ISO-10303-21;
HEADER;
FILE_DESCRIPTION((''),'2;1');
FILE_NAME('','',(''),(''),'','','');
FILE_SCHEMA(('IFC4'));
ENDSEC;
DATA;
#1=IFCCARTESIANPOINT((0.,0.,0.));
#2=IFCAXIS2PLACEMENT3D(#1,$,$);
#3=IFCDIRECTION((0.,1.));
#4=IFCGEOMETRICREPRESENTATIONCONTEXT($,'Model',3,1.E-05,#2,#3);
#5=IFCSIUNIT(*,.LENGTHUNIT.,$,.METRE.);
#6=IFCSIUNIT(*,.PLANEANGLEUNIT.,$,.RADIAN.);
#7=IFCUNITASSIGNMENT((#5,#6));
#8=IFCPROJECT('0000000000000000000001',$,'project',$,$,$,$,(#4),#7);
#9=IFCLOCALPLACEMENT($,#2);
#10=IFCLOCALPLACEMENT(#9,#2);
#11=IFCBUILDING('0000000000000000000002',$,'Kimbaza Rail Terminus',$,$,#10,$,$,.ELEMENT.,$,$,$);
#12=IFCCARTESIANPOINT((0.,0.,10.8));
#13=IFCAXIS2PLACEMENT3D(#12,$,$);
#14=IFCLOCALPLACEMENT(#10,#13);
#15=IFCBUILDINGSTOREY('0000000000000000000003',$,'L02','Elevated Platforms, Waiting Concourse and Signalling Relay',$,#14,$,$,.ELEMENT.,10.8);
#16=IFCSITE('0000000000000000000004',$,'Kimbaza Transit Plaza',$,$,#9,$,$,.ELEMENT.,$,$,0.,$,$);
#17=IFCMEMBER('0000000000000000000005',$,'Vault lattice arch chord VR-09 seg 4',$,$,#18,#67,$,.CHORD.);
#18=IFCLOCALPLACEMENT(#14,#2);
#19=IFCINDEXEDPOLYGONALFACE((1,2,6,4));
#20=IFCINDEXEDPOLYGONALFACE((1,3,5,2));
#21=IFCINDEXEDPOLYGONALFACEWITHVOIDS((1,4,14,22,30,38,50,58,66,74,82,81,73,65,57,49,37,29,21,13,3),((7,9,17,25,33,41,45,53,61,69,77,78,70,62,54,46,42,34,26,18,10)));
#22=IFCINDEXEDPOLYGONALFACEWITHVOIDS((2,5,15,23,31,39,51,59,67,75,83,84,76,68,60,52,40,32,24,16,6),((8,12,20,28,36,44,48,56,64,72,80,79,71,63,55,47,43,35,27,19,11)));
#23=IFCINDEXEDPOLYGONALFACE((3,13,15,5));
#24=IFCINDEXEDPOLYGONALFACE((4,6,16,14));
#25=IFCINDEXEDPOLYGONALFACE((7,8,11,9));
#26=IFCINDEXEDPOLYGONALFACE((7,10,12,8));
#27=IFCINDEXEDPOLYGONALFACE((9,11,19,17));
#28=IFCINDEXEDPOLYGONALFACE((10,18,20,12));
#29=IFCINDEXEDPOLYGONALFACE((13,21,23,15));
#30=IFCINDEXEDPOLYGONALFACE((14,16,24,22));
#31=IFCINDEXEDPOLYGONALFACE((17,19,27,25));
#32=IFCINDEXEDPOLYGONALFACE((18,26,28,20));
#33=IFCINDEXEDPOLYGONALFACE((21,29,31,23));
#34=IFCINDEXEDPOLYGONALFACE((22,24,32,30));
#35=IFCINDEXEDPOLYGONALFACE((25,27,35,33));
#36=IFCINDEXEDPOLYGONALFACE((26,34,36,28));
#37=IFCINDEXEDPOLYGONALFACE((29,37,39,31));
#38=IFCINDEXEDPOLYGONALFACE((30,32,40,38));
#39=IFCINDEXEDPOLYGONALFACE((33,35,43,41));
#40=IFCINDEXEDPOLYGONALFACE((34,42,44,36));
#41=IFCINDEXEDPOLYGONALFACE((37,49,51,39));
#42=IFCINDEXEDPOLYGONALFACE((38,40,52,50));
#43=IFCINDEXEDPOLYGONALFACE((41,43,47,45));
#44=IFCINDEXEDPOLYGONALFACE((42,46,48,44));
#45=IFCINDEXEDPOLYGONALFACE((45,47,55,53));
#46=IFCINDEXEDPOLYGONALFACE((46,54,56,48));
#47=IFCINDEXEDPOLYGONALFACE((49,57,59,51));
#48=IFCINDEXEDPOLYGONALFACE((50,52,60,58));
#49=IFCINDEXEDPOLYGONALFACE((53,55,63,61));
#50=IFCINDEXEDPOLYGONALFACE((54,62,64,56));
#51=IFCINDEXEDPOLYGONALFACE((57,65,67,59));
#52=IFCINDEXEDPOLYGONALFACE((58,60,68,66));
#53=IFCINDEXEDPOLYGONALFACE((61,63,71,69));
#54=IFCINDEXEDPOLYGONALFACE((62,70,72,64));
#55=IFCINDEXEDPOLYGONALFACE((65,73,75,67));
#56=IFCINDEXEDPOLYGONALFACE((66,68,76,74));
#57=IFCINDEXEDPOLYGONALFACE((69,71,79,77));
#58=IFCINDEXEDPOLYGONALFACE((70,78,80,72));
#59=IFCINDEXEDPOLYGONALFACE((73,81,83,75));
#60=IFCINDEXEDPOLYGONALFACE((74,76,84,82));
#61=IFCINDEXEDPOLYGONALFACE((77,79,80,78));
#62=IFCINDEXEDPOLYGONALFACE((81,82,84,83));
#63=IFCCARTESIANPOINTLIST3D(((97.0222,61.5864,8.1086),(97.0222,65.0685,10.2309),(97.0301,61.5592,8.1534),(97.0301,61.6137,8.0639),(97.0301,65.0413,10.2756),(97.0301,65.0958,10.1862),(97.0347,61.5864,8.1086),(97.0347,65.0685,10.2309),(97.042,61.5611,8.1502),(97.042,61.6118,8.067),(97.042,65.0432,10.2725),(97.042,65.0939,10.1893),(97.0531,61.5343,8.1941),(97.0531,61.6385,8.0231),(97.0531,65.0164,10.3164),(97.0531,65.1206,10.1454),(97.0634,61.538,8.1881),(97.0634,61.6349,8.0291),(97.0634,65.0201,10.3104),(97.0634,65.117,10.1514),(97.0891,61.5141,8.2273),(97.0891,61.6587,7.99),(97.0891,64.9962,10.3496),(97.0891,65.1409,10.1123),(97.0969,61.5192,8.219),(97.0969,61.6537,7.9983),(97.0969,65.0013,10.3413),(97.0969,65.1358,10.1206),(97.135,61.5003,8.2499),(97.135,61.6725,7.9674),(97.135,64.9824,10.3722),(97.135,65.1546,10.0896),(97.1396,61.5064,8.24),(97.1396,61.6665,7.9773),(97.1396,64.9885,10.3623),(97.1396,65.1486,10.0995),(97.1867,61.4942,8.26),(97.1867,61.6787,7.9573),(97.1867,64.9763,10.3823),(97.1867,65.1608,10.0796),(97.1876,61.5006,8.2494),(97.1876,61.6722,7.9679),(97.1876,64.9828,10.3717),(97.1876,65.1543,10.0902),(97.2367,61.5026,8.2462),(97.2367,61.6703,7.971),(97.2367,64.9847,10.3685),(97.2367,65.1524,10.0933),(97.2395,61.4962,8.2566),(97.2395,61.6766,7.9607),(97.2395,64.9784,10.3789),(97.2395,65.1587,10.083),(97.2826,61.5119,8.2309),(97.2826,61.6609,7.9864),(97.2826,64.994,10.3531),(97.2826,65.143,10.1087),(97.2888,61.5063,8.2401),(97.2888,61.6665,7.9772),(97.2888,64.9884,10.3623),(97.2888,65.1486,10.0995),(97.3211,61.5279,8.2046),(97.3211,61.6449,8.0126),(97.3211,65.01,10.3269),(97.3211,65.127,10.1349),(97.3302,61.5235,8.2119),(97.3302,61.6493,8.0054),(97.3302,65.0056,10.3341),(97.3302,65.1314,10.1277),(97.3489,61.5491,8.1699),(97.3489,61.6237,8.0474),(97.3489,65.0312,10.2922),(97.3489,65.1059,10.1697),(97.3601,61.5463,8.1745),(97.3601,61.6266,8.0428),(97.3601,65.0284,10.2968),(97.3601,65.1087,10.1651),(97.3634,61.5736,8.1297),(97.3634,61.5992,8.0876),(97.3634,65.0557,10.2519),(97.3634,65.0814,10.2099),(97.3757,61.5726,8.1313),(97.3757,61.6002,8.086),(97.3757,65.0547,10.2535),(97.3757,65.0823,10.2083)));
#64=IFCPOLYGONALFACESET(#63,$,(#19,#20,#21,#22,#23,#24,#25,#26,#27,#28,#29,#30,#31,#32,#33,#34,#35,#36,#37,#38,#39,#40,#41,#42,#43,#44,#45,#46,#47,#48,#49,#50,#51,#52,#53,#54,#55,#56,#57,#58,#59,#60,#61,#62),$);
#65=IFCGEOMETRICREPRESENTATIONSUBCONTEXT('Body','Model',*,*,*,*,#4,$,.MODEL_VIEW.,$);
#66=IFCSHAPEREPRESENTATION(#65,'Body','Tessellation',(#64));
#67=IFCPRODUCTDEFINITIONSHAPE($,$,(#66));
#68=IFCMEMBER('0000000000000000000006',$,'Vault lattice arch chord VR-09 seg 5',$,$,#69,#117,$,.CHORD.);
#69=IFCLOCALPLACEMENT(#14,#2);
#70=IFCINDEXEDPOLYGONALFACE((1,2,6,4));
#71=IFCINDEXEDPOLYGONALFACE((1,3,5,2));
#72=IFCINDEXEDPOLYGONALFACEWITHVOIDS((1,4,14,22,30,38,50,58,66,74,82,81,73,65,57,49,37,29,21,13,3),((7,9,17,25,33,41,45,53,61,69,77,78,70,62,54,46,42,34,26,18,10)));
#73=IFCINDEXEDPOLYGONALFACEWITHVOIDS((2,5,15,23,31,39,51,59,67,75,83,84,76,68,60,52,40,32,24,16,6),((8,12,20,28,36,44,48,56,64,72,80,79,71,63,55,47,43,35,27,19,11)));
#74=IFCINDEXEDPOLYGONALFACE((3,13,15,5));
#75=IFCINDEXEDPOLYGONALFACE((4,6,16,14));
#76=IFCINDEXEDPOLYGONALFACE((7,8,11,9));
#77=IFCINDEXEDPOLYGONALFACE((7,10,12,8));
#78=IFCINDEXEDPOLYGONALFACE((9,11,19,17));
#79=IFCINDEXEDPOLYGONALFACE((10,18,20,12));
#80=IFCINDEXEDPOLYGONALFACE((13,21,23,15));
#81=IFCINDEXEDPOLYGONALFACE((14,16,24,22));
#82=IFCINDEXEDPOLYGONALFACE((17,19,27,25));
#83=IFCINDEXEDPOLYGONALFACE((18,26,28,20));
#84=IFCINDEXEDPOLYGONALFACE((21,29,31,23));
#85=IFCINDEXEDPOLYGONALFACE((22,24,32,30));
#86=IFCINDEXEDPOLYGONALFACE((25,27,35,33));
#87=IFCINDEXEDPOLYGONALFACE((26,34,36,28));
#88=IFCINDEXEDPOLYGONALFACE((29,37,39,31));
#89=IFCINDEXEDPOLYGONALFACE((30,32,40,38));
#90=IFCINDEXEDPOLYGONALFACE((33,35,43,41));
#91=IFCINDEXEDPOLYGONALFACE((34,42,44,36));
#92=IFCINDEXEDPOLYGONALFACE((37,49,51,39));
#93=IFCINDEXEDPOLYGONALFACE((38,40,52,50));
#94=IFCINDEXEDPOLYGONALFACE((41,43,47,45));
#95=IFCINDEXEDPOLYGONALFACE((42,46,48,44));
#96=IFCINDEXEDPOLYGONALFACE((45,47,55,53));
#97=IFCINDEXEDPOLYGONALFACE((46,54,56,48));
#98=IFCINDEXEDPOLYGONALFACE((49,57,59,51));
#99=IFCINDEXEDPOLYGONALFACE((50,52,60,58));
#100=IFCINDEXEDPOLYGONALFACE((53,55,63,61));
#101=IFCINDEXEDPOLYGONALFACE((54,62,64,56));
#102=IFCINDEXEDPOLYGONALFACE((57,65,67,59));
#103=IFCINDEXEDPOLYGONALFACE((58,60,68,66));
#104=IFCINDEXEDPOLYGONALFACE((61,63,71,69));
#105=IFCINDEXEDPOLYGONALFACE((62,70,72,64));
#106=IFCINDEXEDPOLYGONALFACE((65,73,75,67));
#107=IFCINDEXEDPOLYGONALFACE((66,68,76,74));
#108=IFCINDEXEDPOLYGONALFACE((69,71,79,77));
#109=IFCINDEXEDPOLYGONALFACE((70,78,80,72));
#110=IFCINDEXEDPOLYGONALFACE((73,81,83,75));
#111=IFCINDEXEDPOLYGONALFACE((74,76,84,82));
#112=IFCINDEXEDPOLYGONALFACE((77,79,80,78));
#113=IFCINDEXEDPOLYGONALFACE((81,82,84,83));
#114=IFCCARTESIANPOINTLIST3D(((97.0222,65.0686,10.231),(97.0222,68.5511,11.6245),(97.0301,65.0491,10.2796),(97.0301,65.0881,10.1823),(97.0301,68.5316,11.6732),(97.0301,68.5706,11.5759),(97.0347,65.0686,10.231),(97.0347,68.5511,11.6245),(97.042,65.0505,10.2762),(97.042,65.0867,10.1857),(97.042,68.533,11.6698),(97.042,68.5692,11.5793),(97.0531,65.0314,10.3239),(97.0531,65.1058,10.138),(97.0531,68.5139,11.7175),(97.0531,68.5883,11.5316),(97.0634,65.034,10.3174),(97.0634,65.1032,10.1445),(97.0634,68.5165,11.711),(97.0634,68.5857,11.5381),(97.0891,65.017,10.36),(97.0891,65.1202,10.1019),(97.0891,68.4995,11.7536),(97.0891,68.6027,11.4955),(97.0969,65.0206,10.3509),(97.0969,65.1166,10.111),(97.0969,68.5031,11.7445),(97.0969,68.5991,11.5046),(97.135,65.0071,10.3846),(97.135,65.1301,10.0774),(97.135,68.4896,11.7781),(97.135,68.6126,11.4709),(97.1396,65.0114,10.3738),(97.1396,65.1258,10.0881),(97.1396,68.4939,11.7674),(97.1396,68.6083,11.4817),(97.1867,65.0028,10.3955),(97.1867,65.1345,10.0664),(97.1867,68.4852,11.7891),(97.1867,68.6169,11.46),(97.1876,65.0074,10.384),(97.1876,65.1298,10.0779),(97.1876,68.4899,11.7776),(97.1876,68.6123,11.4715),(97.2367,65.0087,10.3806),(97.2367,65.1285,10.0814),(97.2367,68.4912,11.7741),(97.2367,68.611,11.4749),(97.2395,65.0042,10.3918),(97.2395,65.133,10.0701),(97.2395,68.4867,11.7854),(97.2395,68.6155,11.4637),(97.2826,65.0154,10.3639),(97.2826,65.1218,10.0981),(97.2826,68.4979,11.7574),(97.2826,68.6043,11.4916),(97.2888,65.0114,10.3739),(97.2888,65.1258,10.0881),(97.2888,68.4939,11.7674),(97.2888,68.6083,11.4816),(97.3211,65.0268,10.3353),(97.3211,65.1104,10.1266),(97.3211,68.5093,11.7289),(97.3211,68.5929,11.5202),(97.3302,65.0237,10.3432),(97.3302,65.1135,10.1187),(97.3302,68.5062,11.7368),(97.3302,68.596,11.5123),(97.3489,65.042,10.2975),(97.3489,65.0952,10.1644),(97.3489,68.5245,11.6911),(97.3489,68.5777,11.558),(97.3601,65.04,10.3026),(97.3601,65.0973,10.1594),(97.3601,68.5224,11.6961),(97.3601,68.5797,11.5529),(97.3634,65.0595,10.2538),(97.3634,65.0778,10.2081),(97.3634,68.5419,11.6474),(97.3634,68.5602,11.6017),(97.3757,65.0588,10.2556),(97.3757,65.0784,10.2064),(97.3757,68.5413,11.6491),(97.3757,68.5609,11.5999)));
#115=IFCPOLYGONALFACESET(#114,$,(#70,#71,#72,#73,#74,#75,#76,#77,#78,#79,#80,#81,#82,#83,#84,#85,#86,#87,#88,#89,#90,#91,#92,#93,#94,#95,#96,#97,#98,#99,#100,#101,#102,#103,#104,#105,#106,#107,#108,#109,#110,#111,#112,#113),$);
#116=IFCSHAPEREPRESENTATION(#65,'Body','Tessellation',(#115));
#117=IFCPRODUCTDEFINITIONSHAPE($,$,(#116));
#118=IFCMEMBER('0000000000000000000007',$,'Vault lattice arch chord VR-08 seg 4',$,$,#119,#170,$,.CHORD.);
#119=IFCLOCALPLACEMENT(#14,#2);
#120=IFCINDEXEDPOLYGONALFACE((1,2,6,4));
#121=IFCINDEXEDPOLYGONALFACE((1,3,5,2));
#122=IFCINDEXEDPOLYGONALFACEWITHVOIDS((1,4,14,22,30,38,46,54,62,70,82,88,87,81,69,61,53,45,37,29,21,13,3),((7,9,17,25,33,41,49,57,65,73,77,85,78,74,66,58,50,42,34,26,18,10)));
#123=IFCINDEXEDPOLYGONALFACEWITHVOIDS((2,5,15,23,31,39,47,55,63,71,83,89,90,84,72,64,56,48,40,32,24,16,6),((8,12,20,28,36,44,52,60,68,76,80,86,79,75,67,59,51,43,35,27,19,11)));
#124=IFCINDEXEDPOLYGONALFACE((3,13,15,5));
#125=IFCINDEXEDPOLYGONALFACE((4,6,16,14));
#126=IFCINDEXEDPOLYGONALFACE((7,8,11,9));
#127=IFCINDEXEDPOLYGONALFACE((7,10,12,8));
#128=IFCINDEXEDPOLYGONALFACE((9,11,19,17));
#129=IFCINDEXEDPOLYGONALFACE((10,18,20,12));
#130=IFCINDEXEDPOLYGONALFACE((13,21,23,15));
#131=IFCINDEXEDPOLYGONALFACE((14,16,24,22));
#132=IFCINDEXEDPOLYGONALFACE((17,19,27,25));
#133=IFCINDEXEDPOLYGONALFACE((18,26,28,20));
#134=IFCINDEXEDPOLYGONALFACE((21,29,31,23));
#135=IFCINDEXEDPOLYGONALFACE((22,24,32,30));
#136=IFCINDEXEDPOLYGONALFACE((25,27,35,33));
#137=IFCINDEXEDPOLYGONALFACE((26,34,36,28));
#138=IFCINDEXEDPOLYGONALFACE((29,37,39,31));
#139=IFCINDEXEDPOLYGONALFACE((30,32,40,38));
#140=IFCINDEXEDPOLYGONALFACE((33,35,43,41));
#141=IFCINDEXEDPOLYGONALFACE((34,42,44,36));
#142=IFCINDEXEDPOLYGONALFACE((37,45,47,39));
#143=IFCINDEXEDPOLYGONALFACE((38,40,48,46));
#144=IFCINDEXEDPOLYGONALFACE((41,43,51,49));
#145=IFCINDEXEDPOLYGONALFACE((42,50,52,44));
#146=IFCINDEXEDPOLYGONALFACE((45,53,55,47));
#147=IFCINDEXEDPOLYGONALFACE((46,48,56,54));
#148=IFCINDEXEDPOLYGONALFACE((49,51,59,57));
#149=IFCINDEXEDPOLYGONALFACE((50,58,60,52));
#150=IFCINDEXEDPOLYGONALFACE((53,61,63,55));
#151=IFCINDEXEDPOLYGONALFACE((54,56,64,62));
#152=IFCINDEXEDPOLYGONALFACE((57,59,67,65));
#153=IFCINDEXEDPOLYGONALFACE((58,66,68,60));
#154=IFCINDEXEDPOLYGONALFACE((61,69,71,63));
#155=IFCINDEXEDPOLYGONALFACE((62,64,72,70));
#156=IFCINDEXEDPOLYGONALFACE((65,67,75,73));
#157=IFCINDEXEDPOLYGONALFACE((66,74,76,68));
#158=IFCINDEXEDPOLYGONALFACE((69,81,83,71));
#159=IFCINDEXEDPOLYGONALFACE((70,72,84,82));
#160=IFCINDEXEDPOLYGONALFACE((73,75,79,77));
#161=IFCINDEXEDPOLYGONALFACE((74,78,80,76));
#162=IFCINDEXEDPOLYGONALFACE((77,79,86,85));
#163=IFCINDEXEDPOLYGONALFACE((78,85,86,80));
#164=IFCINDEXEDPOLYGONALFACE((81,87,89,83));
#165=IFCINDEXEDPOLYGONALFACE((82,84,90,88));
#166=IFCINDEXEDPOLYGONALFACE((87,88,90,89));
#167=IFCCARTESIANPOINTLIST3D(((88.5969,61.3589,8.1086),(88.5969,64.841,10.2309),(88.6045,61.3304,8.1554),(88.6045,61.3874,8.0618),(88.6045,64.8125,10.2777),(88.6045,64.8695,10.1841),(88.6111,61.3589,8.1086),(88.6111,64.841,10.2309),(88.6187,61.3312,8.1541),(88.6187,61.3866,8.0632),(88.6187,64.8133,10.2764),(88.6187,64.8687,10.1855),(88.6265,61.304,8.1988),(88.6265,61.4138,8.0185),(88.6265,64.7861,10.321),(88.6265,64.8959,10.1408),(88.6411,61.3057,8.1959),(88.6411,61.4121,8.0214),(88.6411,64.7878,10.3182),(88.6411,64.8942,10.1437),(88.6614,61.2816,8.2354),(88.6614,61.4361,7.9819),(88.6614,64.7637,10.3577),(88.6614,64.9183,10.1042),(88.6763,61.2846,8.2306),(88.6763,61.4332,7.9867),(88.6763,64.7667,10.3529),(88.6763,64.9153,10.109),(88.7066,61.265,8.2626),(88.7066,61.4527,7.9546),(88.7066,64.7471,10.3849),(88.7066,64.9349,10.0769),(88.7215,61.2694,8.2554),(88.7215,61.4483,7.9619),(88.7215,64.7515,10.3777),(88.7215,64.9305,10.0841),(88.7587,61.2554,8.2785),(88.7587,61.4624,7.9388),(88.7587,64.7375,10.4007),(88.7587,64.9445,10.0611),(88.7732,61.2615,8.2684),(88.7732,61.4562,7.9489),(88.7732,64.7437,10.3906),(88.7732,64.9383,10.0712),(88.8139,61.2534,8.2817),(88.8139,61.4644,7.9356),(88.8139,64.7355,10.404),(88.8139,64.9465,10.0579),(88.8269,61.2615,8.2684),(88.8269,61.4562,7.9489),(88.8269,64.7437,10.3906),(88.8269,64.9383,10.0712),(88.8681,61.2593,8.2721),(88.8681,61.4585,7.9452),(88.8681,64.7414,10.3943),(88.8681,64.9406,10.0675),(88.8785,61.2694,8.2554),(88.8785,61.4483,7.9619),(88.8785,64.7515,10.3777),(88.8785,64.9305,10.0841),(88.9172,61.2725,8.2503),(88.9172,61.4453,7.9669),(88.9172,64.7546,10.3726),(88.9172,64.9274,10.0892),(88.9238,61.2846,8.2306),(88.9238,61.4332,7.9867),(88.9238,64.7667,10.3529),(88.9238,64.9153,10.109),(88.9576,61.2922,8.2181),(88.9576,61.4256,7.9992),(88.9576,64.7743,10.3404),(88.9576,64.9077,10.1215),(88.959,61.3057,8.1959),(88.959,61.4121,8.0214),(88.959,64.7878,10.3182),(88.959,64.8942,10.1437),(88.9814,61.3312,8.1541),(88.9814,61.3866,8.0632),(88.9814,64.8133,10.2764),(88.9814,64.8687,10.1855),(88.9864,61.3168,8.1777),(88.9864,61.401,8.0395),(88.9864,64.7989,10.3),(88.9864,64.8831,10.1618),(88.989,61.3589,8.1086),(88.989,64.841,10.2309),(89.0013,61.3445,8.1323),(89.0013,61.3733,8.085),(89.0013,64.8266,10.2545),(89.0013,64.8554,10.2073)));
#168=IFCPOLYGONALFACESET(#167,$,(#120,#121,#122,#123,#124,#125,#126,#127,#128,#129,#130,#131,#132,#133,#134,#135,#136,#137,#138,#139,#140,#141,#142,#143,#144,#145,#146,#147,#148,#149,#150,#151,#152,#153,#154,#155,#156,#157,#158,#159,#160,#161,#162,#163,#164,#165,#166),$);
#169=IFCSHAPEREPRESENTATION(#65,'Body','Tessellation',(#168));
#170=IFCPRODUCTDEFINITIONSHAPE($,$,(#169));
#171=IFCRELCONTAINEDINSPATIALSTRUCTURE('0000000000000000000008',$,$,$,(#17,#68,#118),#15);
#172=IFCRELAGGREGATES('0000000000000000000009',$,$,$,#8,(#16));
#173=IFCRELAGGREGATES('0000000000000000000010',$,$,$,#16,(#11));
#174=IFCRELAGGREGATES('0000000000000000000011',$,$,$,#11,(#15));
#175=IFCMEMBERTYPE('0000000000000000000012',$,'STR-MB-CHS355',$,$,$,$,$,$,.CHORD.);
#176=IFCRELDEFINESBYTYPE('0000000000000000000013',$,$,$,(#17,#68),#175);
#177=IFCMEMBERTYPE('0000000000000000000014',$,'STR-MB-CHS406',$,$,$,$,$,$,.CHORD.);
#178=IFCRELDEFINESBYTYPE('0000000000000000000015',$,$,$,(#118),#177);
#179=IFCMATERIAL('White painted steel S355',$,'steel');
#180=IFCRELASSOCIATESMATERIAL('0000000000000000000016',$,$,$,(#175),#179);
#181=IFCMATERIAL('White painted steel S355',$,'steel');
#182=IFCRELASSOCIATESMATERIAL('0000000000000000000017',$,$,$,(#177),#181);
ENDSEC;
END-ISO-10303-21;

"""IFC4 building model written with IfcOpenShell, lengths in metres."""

from ifc_helpers import new_model, si_unit, direction, frame, origin, origin_2d, place, context, subcontext, project, spatial, hollow_circle, extrude, material, material_profile, profile_set, type_object, element, save


model = new_model("IFC4")

# Units and contexts
model_context = context("Model", 3, precision=1e-05, world=origin(), true_north=direction((0.0, 1.0)))
body_context = subcontext(model_context, "Body", "Model", "MODEL_VIEW")
ifc_project = project(units=[si_unit("LENGTHUNIT", "METRE"), si_unit("PLANEANGLEUNIT", "RADIAN")], contexts=[model_context])

# Site, building, storey
site_placement = place(None, origin())
site = spatial("IfcSite", under=ifc_project, at=site_placement, Name="Kimbaza Transit Plaza", CompositionType="ELEMENT", RefElevation=0.0)
building_placement = place(site_placement, origin())
building = spatial("IfcBuilding", under=site, at=building_placement, Name="Kimbaza Rail Terminus", CompositionType="ELEMENT")
storey_placement = place(building_placement, frame((0.0, 0.0, 10.8)))
storey = spatial("IfcBuildingStorey", under=building, at=storey_placement, Name="L02", Description="Elevated Platforms, Waiting Concourse and Signalling Relay", CompositionType="ELEMENT", Elevation=10.8)

# Members
ifc_material_1 = material(Name="White painted steel S355", Category="steel")
ifc_material_profile_1 = material_profile(ifc_material_1, hollow_circle(Radius=0.1777, WallThickness=0.0125, at=origin_2d()), Name="CHS 355.6x12.5")
ifc_profile_set_1 = profile_set([ifc_material_profile_1], Name="White painted steel S355")
member_type_1 = type_object("IfcMemberType", Name="STR-MB-CHS355", PredefinedType="CHORD", material=ifc_profile_set_1)
member_1_placement = place(storey_placement, frame((97.2, 61.5864, 8.1086), z_axis=(0.0, 0.853901, 0.520435), x_axis=(-1.0, 0.0, 0.0)))
element("IfcMember", 1, at=member_1_placement, inside=storey, type_object=member_type_1, Name="Vault lattice arch chord VR-09 seg 4", PredefinedType="CHORD", context=body_context, shape_type="SweptSolid", body=[
    extrude(hollow_circle(Radius=0.1777, WallThickness=0.0125, at=origin_2d()), origin(), (0.0, 0.0, 1.0), 4.0779),
])
member_2_placement = place(storey_placement, frame((97.2, 65.0686, 10.231), z_axis=(0.0, 0.928423, 0.371525), x_axis=(-1.0, 0.0, 0.0)))
element("IfcMember", 2, at=member_2_placement, inside=storey, type_object=member_type_1, Name="Vault lattice arch chord VR-09 seg 5", PredefinedType="CHORD", context=body_context, shape_type="SweptSolid", body=[
    extrude(hollow_circle(Radius=0.1777, WallThickness=0.0125, at=origin_2d()), origin(), (0.0, 0.0, 1.0), 3.751),
])
ifc_material_2 = material(Name="White painted steel S355", Category="steel")
ifc_material_profile_2 = material_profile(ifc_material_2, hollow_circle(Radius=0.2031, WallThickness=0.0142, at=origin_2d()), Name="CHS 406.4x14.2")
ifc_profile_set_2 = profile_set([ifc_material_profile_2], Name="White painted steel S355")
member_type_2 = type_object("IfcMemberType", Name="STR-MB-CHS406", PredefinedType="CHORD", material=ifc_profile_set_2)
member_3_placement = place(storey_placement, frame((88.8, 61.3589, 8.1086), z_axis=(0.0, 0.853901, 0.520435), x_axis=(-1.0, 0.0, 0.0)))
element("IfcMember", 3, at=member_3_placement, inside=storey, type_object=member_type_2, Name="Vault lattice arch chord VR-08 seg 4", PredefinedType="CHORD", context=body_context, shape_type="SweptSolid", body=[
    extrude(hollow_circle(Radius=0.2031, WallThickness=0.0142, at=origin_2d()), origin(), (0.0, 0.0, 1.0), 4.0779),
])

save(model, "model.ifc")
